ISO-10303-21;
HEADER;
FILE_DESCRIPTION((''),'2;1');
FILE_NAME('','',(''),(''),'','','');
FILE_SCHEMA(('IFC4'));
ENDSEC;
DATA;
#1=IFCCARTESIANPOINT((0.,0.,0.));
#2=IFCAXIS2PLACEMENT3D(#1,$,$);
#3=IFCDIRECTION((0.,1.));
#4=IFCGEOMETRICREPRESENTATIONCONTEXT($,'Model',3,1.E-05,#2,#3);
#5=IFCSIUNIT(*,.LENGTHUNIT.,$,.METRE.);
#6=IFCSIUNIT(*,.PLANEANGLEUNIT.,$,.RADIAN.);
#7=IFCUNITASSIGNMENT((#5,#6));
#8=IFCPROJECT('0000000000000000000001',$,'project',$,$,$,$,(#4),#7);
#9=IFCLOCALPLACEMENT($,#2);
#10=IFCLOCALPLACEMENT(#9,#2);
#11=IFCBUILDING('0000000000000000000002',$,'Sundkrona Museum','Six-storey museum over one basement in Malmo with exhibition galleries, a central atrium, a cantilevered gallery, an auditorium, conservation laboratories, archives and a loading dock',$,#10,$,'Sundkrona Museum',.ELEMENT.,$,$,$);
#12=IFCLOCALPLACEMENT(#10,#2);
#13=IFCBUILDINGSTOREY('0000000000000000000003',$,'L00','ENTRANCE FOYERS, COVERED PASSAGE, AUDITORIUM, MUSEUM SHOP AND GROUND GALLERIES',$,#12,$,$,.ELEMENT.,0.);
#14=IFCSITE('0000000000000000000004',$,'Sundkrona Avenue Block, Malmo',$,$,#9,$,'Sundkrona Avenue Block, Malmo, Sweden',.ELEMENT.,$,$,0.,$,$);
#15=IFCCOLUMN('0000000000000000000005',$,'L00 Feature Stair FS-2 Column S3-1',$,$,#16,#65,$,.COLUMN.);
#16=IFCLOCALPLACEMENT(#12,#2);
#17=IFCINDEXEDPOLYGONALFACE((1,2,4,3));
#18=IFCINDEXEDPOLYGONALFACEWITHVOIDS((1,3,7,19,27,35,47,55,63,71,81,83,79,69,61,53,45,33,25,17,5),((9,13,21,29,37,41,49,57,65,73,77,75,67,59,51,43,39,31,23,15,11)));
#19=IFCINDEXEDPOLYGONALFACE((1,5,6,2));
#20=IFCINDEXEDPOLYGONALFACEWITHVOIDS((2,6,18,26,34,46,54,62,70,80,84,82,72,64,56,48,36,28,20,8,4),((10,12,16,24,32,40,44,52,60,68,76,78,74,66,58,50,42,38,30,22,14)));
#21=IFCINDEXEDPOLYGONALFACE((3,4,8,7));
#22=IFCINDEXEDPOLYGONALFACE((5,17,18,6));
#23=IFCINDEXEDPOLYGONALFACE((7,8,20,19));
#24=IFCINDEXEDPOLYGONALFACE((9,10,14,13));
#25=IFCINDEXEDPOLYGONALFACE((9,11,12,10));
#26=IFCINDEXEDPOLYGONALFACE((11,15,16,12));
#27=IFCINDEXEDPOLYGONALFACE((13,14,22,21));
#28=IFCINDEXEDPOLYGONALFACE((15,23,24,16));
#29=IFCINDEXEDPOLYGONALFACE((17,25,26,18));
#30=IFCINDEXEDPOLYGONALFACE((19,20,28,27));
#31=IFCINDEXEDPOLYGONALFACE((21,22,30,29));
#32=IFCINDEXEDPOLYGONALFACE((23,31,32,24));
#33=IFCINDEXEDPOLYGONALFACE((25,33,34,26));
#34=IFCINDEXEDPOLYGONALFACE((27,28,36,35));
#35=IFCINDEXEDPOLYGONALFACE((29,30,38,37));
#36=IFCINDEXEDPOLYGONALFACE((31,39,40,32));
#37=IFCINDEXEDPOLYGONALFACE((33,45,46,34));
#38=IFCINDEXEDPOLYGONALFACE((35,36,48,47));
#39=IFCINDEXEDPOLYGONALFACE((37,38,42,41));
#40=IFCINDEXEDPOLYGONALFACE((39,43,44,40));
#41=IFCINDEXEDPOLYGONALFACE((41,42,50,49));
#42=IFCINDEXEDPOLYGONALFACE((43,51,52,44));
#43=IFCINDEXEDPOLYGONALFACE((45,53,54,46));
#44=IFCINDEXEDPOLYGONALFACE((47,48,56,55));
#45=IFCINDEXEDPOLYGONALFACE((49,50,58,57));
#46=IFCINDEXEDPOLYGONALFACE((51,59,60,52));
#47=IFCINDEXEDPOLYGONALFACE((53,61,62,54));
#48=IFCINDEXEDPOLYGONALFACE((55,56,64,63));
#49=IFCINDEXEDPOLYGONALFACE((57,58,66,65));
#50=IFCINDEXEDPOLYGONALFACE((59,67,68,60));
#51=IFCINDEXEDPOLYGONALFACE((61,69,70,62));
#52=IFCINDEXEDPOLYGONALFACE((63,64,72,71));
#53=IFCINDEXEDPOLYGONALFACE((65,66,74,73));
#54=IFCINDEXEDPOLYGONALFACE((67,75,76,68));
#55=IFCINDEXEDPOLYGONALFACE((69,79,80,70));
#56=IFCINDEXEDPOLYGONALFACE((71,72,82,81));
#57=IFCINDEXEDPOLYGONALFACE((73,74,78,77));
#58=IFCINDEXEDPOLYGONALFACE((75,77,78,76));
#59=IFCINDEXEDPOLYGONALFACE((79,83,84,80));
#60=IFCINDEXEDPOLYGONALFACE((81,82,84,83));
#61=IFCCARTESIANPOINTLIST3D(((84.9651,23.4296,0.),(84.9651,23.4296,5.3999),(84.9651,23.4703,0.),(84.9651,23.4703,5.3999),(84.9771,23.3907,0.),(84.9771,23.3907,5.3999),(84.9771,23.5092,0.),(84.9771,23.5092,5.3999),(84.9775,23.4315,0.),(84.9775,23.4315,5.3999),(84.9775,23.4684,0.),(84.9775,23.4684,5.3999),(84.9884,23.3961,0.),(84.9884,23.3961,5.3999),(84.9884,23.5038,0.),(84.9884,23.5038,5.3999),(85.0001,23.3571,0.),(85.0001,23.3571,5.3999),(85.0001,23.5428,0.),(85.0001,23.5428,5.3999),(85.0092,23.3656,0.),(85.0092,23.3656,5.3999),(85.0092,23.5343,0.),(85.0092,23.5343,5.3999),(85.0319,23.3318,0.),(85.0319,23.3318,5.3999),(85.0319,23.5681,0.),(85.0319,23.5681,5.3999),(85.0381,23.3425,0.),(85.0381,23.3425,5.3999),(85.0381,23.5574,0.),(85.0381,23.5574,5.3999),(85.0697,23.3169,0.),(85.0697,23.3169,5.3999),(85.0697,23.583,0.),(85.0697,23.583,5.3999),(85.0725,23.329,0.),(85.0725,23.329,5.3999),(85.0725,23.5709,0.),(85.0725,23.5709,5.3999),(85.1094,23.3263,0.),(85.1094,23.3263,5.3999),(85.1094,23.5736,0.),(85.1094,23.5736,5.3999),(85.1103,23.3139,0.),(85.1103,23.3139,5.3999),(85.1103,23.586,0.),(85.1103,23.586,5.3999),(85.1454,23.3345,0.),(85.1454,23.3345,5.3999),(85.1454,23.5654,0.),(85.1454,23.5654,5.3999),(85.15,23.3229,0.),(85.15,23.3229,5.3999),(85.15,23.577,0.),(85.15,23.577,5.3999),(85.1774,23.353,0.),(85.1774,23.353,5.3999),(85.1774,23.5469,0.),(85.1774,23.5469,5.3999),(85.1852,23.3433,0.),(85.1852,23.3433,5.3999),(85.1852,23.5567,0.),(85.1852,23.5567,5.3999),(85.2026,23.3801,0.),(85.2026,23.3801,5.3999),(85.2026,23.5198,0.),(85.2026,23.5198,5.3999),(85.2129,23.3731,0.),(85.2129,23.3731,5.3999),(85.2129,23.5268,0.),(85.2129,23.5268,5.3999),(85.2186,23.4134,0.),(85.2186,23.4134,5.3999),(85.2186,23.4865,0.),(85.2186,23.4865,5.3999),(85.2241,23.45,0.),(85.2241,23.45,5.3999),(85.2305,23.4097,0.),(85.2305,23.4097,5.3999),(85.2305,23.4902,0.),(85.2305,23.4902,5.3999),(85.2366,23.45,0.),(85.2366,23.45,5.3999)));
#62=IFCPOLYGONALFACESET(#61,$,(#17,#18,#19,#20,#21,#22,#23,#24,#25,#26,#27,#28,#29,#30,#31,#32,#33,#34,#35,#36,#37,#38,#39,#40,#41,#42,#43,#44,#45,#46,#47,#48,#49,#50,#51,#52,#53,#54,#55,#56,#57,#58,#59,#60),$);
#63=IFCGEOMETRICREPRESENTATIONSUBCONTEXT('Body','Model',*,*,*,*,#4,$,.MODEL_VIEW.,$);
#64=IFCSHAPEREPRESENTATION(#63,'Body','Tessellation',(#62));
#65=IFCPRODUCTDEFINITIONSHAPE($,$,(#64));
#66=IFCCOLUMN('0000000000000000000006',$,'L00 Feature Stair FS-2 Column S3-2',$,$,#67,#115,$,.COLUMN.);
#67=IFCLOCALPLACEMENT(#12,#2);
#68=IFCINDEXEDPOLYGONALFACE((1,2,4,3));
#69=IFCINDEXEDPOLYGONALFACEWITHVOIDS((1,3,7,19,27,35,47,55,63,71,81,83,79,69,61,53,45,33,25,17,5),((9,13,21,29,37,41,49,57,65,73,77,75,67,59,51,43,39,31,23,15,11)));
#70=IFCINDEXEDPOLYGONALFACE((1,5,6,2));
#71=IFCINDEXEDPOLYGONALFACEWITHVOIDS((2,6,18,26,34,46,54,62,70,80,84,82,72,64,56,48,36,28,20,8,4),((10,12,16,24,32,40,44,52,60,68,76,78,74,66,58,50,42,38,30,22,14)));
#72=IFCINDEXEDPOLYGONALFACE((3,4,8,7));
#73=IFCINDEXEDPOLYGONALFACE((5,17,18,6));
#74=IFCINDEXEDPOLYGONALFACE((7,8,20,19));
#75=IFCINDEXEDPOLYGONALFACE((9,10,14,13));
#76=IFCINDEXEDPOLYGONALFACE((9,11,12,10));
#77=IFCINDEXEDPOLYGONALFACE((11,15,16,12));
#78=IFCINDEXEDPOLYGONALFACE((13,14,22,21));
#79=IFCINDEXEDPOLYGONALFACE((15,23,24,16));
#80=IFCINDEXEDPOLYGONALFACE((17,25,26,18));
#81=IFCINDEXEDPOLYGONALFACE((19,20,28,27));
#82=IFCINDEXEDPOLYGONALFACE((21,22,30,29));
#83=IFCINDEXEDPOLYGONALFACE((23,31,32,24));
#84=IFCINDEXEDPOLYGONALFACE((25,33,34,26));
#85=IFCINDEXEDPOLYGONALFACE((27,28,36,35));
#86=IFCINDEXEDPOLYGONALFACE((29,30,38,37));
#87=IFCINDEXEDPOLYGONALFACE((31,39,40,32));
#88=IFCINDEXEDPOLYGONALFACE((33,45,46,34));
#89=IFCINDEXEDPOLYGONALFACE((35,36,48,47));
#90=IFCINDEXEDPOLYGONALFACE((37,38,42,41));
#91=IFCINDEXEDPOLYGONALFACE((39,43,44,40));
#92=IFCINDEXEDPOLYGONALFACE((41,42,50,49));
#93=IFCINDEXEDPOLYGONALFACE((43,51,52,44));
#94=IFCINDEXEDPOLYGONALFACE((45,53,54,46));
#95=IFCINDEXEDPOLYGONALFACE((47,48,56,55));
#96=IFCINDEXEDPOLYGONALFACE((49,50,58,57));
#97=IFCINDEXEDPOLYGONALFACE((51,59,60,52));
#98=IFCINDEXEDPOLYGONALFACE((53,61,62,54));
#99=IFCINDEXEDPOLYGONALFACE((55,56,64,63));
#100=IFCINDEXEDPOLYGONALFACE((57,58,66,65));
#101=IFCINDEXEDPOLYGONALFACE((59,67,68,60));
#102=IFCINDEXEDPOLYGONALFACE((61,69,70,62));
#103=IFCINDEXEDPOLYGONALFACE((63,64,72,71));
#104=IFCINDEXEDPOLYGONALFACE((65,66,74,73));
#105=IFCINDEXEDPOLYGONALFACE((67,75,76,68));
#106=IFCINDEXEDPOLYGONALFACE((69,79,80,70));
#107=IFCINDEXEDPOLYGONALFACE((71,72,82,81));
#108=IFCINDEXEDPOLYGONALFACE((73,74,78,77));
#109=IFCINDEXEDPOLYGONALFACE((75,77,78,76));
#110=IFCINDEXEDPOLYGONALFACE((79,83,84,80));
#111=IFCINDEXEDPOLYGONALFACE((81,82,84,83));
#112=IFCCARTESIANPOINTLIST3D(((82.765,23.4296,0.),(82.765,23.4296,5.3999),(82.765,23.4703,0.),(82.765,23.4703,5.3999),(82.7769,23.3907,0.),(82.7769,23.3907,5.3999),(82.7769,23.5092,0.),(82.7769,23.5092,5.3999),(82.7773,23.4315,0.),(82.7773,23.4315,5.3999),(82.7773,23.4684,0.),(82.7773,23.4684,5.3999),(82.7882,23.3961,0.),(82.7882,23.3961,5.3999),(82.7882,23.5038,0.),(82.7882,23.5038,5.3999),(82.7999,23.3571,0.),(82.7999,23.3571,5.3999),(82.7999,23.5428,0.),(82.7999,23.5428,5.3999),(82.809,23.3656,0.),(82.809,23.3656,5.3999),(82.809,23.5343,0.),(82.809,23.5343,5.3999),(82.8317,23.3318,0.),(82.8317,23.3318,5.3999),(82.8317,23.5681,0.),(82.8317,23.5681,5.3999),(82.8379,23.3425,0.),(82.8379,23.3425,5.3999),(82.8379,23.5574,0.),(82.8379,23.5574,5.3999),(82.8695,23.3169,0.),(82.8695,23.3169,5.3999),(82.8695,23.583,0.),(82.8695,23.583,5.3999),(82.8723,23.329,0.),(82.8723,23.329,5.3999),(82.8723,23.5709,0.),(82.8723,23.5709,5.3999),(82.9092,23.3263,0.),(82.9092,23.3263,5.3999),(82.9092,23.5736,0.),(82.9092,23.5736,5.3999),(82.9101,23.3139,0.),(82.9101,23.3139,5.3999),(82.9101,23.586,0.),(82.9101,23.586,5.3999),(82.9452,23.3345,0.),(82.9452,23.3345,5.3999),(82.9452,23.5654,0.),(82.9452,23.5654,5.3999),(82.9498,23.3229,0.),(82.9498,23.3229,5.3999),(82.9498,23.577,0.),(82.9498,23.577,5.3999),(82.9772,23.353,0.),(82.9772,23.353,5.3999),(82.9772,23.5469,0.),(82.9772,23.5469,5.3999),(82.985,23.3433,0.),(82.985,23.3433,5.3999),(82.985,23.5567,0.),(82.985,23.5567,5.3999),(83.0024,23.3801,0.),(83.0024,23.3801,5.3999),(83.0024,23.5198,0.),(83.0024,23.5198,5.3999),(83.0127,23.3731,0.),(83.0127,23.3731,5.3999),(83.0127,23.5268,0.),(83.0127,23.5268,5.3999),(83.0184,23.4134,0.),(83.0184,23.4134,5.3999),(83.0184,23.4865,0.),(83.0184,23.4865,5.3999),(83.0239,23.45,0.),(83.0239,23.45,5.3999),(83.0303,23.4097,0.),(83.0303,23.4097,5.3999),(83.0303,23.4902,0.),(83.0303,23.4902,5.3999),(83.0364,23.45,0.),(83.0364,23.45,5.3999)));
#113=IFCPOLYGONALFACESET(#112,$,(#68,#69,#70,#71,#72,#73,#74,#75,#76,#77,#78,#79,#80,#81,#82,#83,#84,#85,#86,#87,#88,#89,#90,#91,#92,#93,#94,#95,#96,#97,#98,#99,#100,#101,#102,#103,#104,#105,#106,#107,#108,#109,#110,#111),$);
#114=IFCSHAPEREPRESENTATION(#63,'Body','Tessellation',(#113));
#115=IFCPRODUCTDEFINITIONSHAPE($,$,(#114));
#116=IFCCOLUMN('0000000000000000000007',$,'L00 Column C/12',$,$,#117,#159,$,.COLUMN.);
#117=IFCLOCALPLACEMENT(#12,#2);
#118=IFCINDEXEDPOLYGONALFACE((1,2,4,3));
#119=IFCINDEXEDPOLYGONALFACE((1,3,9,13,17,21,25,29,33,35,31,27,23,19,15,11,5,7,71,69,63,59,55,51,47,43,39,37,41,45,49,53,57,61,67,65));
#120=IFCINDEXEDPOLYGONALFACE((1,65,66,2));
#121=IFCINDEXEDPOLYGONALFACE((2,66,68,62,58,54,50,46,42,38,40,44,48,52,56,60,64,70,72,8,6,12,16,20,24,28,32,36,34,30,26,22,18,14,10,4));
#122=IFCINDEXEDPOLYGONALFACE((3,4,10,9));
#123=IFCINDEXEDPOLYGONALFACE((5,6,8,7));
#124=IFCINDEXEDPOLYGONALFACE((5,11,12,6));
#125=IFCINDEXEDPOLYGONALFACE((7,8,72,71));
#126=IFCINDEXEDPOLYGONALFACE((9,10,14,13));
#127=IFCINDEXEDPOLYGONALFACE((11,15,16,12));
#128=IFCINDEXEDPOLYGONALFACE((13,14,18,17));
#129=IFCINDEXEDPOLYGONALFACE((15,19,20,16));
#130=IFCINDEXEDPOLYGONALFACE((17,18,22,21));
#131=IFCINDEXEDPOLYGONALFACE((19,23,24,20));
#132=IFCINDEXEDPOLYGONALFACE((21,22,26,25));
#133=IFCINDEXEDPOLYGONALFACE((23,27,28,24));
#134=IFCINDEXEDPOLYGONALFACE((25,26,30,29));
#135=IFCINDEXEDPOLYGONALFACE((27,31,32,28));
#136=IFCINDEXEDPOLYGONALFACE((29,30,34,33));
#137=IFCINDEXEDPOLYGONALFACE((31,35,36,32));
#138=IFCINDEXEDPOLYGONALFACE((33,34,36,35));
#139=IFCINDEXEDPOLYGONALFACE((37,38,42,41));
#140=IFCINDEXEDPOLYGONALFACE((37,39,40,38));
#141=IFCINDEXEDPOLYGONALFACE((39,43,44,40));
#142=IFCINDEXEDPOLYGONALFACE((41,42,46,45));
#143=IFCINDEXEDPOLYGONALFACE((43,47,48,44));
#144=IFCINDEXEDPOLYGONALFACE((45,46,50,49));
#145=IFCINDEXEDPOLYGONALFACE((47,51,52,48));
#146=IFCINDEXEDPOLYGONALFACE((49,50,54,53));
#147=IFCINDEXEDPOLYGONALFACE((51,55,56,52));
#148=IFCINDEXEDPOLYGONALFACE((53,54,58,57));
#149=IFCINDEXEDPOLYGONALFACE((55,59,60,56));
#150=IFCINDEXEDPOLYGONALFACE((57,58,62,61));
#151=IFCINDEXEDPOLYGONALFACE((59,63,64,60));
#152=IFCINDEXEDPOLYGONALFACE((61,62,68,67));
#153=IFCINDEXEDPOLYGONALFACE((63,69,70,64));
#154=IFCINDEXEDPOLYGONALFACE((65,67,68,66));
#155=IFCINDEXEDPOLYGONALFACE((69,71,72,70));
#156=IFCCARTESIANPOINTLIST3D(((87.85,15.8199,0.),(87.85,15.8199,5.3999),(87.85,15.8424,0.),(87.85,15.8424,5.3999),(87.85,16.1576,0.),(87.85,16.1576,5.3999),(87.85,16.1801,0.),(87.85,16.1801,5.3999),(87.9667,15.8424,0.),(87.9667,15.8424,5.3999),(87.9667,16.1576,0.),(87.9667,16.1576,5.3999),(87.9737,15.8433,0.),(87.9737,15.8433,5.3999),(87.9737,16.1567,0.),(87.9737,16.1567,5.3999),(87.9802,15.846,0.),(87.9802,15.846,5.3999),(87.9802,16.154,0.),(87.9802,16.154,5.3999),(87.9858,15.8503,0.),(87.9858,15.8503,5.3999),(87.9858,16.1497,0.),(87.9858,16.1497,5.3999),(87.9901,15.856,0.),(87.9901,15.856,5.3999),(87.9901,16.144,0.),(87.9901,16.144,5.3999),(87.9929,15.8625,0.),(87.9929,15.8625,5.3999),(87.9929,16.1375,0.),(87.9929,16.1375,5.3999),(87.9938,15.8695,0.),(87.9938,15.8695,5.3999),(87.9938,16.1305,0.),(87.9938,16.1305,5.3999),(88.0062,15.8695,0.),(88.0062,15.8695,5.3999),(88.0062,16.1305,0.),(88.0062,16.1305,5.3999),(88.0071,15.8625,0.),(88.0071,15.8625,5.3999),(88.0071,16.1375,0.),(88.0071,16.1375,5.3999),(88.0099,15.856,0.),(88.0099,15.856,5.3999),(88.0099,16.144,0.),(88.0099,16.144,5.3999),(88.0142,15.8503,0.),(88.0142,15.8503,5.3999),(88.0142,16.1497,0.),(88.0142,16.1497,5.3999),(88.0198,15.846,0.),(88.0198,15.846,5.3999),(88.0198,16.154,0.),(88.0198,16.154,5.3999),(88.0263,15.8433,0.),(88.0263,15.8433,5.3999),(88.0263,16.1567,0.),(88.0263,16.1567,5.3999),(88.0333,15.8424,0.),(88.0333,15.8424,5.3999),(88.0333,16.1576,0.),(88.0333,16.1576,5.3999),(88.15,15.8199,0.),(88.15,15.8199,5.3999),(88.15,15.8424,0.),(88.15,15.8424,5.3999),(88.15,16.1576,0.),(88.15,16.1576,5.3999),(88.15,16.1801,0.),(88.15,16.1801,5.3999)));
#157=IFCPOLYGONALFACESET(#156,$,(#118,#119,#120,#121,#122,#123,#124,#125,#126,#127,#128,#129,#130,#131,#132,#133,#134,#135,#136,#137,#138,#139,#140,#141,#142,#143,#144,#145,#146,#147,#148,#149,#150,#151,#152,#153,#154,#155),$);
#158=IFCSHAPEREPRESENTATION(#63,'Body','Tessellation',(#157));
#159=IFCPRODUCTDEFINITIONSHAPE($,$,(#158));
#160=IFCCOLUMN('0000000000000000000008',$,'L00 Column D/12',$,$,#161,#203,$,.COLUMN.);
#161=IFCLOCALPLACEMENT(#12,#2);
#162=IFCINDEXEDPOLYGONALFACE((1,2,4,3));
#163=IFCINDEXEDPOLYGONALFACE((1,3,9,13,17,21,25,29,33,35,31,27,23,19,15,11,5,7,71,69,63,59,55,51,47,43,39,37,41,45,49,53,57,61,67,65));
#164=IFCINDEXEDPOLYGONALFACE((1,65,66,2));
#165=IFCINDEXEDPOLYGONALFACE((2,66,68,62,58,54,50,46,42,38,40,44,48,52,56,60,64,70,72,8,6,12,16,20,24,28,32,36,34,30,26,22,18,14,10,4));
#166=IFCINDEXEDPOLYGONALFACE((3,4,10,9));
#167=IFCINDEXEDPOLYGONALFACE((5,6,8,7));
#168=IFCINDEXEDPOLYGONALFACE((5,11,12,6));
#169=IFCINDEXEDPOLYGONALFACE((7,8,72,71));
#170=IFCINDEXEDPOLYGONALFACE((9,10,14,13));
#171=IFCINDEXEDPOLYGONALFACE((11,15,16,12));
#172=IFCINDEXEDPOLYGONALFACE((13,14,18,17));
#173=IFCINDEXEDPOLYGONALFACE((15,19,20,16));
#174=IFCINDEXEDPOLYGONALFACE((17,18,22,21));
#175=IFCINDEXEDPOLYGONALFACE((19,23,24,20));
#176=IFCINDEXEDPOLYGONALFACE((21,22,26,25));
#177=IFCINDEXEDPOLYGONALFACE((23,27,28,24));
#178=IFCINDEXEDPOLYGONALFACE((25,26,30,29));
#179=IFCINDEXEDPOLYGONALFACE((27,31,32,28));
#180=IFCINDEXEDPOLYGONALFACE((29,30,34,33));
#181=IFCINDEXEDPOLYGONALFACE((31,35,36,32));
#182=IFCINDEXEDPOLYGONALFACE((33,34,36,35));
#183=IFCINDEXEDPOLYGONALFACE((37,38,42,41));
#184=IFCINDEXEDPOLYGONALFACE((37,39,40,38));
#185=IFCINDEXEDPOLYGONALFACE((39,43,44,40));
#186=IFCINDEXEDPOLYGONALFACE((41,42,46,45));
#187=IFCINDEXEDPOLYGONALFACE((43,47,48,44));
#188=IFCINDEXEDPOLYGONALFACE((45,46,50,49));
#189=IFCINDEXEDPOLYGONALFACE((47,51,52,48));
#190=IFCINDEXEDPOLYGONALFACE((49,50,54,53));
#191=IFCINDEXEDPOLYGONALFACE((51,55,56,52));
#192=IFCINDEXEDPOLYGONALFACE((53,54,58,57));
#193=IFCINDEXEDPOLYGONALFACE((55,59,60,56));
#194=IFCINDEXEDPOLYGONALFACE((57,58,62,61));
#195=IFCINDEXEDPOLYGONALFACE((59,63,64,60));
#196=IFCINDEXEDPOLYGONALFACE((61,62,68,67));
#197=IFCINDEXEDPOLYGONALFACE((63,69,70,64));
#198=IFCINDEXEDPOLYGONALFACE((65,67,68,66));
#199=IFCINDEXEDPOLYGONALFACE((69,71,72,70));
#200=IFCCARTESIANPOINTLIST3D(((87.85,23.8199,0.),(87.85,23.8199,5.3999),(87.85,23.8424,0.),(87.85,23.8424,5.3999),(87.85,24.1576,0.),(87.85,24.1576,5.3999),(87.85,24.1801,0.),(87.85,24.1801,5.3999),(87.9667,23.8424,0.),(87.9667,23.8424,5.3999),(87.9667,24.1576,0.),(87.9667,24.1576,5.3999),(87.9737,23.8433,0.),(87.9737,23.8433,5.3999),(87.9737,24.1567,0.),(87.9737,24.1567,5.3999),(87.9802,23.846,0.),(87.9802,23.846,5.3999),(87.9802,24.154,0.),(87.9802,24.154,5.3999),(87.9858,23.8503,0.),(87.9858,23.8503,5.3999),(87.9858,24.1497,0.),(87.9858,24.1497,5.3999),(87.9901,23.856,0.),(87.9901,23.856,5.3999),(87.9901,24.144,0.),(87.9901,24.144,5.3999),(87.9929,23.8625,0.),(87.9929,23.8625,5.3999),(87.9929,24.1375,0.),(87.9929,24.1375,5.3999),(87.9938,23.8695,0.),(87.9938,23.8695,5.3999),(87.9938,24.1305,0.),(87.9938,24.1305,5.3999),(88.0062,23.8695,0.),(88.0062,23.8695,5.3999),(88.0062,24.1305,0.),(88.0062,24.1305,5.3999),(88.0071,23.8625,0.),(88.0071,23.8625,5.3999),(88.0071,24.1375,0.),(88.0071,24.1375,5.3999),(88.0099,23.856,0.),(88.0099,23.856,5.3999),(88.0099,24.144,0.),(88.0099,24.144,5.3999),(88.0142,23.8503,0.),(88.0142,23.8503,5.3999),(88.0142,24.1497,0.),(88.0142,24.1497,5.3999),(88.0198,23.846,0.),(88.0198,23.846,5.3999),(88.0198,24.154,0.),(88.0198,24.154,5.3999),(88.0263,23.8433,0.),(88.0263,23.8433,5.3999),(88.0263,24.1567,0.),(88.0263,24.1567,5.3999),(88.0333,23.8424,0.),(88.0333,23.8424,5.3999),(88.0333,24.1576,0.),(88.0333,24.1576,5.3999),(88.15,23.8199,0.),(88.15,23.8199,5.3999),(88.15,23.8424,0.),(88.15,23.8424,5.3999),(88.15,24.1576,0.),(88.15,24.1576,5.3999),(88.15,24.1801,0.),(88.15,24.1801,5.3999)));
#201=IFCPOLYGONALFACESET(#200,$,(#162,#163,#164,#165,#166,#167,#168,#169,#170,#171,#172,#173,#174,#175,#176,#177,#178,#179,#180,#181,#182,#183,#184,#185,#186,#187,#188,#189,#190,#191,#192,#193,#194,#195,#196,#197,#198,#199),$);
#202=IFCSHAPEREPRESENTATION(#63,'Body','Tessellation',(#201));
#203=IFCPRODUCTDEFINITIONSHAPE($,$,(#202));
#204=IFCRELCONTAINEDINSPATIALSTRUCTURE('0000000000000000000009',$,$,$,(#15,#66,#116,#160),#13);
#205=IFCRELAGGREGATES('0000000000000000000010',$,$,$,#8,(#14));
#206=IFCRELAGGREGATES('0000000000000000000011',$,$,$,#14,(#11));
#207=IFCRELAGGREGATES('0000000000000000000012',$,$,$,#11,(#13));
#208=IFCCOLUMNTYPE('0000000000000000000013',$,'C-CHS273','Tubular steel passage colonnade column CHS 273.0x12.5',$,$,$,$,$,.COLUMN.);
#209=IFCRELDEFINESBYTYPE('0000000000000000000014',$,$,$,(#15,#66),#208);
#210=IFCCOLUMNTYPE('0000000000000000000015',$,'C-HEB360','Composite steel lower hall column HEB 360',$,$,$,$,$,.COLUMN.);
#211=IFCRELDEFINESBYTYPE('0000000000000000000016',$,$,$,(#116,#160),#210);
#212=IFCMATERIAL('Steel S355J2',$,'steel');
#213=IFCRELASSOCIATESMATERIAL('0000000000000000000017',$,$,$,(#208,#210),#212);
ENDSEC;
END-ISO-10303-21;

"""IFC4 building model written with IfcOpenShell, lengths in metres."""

from ifc_helpers import new_model, si_unit, direction, frame, origin, origin_2d, place, context, subcontext, project, spatial, hollow_circle, i_section, extrude, material, material_profile, profile_set, type_object, element, save


model = new_model("IFC4")

# Units and contexts
model_context = context("Model", 3, precision=1e-05, world=origin(), true_north=direction((0.0, 1.0)))
body_context = subcontext(model_context, "Body", "Model", "MODEL_VIEW")
ifc_project = project(units=[si_unit("LENGTHUNIT", "METRE"), si_unit("PLANEANGLEUNIT", "RADIAN")], contexts=[model_context])

# Site, building, storey
site_placement = place(None, origin())
site = spatial("IfcSite", under=ifc_project, at=site_placement, Name="Sundkrona Avenue Block, Malmo", LongName="Sundkrona Avenue Block, Malmo, Sweden", CompositionType="ELEMENT", RefElevation=0.0)
building_placement = place(site_placement, origin())
building = spatial("IfcBuilding", under=site, at=building_placement, Name="Sundkrona Museum", Description="Six-storey museum over one basement in Malmo with exhibition galleries, a central atrium, a cantilevered gallery, an auditorium, conservation laboratories, archives and a loading dock", LongName="Sundkrona Museum", CompositionType="ELEMENT")
storey_placement = place(building_placement, origin())
storey = spatial("IfcBuildingStorey", under=building, at=storey_placement, Name="L00", Description="ENTRANCE FOYERS, COVERED PASSAGE, AUDITORIUM, MUSEUM SHOP AND GROUND GALLERIES", CompositionType="ELEMENT", Elevation=0.0)

# Columns
ifc_material_1 = material(Name="Steel S355J2", Category="steel")
ifc_material_profile_1 = material_profile(ifc_material_1, hollow_circle(Radius=0.1365, WallThickness=0.0125, at=origin_2d()), Name="CHS 273.0x12.5")
ifc_profile_set_1 = profile_set([ifc_material_profile_1], Name="Steel S355J2")
column_type_1 = type_object("IfcColumnType", Name="C-CHS273", Description="Tubular steel passage colonnade column CHS 273.0x12.5", PredefinedType="COLUMN", material=ifc_profile_set_1)
for number, where, z_axis, x_axis, name in (
    (1, (85.1001, 23.45, 0.0), (0.0, 0.0, 1.0), (1.0, 0.0, 0.0), "L00 Feature Stair FS-2 Column S3-1"),
    (2, (82.8999, 23.45, 0.0), (0.0, 0.0, 1.0), (1.0, 0.0, 0.0), "L00 Feature Stair FS-2 Column S3-2"),
):
    element("IfcColumn", number, at=place(storey_placement, frame(where, z_axis=z_axis, x_axis=x_axis)), inside=storey, type_object=column_type_1, Name=name, PredefinedType="COLUMN", context=body_context, shape_type="SweptSolid", body=[
        extrude(hollow_circle(Radius=0.1365, WallThickness=0.0125, at=origin_2d()), origin(), (0.0, 0.0, 1.0), 5.3999),
    ])
ifc_material_profile_2 = material_profile(ifc_material_1, i_section(OverallWidth=0.3, OverallDepth=0.3601, WebThickness=0.0125, FlangeThickness=0.0225, FilletRadius=0.0271, at=origin_2d()), Name="HEB 360")
ifc_profile_set_2 = profile_set([ifc_material_profile_2], Name="Steel S355J2")
column_type_2 = type_object("IfcColumnType", Name="C-HEB360", Description="Composite steel lower hall column HEB 360", PredefinedType="COLUMN", material=ifc_profile_set_2)
for number, where, z_axis, x_axis, name in (
    (3, (88.0, 16.0, 0.0), (0.0, 0.0, 1.0), (1.0, 0.0, 0.0), "L00 Column C/12"),
    (4, (88.0, 24.0, 0.0), (0.0, 0.0, 1.0), (1.0, 0.0, 0.0), "L00 Column D/12"),
):
    element("IfcColumn", number, at=place(storey_placement, frame(where, z_axis=z_axis, x_axis=x_axis)), inside=storey, type_object=column_type_2, Name=name, PredefinedType="COLUMN", context=body_context, shape_type="SweptSolid", body=[
        extrude(i_section(OverallWidth=0.3, OverallDepth=0.3601, WebThickness=0.0125, FlangeThickness=0.0225, FilletRadius=0.0271, at=origin_2d()), origin(), (0.0, 0.0, 1.0), 5.3999),
    ])

save(model, "model.ifc")
